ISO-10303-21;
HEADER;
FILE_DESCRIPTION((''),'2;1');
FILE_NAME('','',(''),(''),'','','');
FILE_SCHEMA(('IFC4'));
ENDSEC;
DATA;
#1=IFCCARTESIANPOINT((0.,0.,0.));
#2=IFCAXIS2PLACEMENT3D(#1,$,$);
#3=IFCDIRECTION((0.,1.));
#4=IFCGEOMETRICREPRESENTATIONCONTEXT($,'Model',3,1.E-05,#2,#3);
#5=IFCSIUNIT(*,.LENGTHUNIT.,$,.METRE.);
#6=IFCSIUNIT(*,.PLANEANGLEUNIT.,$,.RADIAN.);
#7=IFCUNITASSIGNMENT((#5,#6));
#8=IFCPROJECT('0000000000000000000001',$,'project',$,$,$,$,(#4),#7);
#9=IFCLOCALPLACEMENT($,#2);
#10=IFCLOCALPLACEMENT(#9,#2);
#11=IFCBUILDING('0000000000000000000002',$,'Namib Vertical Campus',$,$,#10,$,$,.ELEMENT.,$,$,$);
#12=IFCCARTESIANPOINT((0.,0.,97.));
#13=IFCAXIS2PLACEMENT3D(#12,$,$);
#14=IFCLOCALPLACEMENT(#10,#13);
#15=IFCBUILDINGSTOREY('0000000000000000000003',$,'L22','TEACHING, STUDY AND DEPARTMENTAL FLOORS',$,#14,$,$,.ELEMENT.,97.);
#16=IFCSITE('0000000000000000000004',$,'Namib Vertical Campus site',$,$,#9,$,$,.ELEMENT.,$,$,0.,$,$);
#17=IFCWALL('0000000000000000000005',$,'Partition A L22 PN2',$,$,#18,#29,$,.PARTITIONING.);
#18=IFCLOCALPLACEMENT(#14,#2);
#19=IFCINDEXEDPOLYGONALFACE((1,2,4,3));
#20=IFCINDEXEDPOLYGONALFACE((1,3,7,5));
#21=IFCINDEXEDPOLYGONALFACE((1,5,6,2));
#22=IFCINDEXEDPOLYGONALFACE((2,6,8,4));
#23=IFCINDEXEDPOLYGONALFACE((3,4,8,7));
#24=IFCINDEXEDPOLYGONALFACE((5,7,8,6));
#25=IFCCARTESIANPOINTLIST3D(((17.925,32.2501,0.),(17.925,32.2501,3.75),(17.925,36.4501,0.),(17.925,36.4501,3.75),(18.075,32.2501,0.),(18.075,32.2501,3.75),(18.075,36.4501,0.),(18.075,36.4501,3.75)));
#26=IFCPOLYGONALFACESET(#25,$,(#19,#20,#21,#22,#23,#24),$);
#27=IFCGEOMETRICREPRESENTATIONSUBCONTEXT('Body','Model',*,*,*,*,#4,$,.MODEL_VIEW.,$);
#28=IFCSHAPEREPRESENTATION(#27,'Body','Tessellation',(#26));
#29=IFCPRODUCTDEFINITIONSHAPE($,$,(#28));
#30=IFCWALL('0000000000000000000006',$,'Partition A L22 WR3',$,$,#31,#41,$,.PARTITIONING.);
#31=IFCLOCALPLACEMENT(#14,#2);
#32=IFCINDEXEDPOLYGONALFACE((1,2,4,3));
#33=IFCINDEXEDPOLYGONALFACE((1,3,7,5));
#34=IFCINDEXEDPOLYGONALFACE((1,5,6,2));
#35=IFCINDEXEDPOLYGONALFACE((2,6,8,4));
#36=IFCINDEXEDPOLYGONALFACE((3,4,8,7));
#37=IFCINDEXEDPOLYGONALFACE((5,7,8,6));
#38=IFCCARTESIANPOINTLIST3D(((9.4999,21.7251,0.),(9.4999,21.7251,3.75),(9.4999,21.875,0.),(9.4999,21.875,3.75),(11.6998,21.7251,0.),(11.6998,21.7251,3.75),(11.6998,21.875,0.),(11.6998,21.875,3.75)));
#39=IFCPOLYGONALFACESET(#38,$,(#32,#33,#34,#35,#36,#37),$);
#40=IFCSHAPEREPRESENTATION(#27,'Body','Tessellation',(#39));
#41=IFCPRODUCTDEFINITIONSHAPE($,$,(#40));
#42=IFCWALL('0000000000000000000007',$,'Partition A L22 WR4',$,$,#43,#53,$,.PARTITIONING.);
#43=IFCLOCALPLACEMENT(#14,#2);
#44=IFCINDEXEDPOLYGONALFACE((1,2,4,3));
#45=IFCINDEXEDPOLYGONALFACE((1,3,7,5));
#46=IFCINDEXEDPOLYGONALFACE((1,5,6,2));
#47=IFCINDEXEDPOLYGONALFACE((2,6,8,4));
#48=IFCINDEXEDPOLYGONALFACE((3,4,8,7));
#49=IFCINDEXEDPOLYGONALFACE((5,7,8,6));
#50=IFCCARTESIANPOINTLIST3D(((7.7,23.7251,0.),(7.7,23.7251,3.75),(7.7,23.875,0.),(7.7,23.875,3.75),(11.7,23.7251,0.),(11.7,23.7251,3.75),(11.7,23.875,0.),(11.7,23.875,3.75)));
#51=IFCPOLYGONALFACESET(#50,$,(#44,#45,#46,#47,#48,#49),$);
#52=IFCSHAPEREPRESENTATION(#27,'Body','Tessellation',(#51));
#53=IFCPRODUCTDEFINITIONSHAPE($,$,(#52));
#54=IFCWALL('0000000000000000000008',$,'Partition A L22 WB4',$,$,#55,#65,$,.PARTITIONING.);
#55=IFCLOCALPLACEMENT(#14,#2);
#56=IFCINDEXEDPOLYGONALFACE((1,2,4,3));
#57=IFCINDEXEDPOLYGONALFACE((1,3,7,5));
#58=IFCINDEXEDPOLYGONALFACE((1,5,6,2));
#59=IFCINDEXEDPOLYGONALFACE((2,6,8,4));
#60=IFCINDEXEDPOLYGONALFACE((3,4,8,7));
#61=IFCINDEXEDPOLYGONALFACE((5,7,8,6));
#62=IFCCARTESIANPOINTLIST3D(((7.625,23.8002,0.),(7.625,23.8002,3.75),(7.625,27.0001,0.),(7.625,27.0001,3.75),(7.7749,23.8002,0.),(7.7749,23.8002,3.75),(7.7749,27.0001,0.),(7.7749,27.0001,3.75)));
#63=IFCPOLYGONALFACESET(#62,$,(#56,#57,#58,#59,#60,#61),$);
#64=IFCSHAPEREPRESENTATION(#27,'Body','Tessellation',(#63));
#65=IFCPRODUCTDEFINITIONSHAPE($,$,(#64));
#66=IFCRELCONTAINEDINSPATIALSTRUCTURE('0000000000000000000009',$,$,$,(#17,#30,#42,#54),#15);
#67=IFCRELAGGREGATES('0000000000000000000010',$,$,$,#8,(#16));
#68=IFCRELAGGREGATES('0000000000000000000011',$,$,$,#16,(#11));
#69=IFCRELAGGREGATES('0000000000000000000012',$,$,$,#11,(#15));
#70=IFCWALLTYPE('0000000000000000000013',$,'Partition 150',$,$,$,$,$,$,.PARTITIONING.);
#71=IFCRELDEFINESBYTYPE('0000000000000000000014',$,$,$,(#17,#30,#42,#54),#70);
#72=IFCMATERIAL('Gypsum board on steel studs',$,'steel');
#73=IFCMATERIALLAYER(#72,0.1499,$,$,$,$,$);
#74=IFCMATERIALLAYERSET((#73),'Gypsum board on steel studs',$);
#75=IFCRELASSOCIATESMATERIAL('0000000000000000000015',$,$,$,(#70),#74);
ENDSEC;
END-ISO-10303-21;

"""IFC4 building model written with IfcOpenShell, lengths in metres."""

from ifc_helpers import new_model, si_unit, direction, frame, frame_2d, origin, place, context, subcontext, project, spatial, rectangle, extrude, material, layer, layer_set, type_object, element, save


model = new_model("IFC4")

# Units and contexts
model_context = context("Model", 3, precision=1e-05, world=origin(), true_north=direction((0.0, 1.0)))
body_context = subcontext(model_context, "Body", "Model", "MODEL_VIEW")
ifc_project = project(units=[si_unit("LENGTHUNIT", "METRE"), si_unit("PLANEANGLEUNIT", "RADIAN")], contexts=[model_context])

# Site, building, storey
site_placement = place(None, origin())
site = spatial("IfcSite", under=ifc_project, at=site_placement, Name="Namib Vertical Campus site", CompositionType="ELEMENT", RefElevation=0.0)
building_placement = place(site_placement, origin())
building = spatial("IfcBuilding", under=site, at=building_placement, Name="Namib Vertical Campus", CompositionType="ELEMENT")
storey_placement = place(building_placement, frame((0.0, 0.0, 97.0)))
storey = spatial("IfcBuildingStorey", under=building, at=storey_placement, Name="L22", Description="TEACHING, STUDY AND DEPARTMENTAL FLOORS", CompositionType="ELEMENT", Elevation=97.0)

# Walls
ifc_material_1 = material(Name="Gypsum board on steel studs", Category="steel")
ifc_layer_1 = layer(ifc_material_1, 0.1499)
ifc_layer_set_1 = layer_set([ifc_layer_1], Name="Gypsum board on steel studs")
wall_type_1 = type_object("IfcWallType", Name="Partition 150", PredefinedType="PARTITIONING", material=ifc_layer_set_1)
wall_1_placement = place(storey_placement, frame((18.0, 32.25, 0.0), z_axis=(0.0, 0.0, 1.0), x_axis=(0.0, 1.0, 0.0)))
element("IfcWall", 1, at=wall_1_placement, inside=storey, type_object=wall_type_1, Name="Partition A L22 PN2", PredefinedType="PARTITIONING", context=body_context, shape_type="SweptSolid", body=[
    extrude(rectangle(XDim=4.2, YDim=0.1499, at=frame_2d((2.1001, 0.0))), origin(), (0.0, 0.0, 1.0), 3.75),
])
wall_2_placement = place(storey_placement, frame((11.7, 21.8, 0.0), z_axis=(0.0, 0.0, 1.0), x_axis=(-1.0, 0.0, 0.0)))
element("IfcWall", 2, at=wall_2_placement, inside=storey, type_object=wall_type_1, Name="Partition A L22 WR3", PredefinedType="PARTITIONING", context=body_context, shape_type="SweptSolid", body=[
    extrude(rectangle(XDim=2.2, YDim=0.1499, at=frame_2d((1.1001, 0.0))), origin(), (0.0, 0.0, 1.0), 3.75),
])
wall_3_placement = place(storey_placement, frame((11.7, 23.8, 0.0), z_axis=(0.0, 0.0, 1.0), x_axis=(-1.0, 0.0, 0.0)))
element("IfcWall", 3, at=wall_3_placement, inside=storey, type_object=wall_type_1, Name="Partition A L22 WR4", PredefinedType="PARTITIONING", context=body_context, shape_type="SweptSolid", body=[
    extrude(rectangle(XDim=4.0, YDim=0.1499, at=frame_2d((2.0, 0.0))), origin(), (0.0, 0.0, 1.0), 3.75),
])
wall_4_placement = place(storey_placement, frame((7.7, 23.8, 0.0), z_axis=(0.0, 0.0, 1.0), x_axis=(0.0, 1.0, 0.0)))
element("IfcWall", 4, at=wall_4_placement, inside=storey, type_object=wall_type_1, Name="Partition A L22 WB4", PredefinedType="PARTITIONING", context=body_context, shape_type="SweptSolid", body=[
    extrude(rectangle(XDim=3.2, YDim=0.1499, at=frame_2d((1.6001, 0.0))), origin(), (0.0, 0.0, 1.0), 3.75),
])

save(model, "model.ifc")
